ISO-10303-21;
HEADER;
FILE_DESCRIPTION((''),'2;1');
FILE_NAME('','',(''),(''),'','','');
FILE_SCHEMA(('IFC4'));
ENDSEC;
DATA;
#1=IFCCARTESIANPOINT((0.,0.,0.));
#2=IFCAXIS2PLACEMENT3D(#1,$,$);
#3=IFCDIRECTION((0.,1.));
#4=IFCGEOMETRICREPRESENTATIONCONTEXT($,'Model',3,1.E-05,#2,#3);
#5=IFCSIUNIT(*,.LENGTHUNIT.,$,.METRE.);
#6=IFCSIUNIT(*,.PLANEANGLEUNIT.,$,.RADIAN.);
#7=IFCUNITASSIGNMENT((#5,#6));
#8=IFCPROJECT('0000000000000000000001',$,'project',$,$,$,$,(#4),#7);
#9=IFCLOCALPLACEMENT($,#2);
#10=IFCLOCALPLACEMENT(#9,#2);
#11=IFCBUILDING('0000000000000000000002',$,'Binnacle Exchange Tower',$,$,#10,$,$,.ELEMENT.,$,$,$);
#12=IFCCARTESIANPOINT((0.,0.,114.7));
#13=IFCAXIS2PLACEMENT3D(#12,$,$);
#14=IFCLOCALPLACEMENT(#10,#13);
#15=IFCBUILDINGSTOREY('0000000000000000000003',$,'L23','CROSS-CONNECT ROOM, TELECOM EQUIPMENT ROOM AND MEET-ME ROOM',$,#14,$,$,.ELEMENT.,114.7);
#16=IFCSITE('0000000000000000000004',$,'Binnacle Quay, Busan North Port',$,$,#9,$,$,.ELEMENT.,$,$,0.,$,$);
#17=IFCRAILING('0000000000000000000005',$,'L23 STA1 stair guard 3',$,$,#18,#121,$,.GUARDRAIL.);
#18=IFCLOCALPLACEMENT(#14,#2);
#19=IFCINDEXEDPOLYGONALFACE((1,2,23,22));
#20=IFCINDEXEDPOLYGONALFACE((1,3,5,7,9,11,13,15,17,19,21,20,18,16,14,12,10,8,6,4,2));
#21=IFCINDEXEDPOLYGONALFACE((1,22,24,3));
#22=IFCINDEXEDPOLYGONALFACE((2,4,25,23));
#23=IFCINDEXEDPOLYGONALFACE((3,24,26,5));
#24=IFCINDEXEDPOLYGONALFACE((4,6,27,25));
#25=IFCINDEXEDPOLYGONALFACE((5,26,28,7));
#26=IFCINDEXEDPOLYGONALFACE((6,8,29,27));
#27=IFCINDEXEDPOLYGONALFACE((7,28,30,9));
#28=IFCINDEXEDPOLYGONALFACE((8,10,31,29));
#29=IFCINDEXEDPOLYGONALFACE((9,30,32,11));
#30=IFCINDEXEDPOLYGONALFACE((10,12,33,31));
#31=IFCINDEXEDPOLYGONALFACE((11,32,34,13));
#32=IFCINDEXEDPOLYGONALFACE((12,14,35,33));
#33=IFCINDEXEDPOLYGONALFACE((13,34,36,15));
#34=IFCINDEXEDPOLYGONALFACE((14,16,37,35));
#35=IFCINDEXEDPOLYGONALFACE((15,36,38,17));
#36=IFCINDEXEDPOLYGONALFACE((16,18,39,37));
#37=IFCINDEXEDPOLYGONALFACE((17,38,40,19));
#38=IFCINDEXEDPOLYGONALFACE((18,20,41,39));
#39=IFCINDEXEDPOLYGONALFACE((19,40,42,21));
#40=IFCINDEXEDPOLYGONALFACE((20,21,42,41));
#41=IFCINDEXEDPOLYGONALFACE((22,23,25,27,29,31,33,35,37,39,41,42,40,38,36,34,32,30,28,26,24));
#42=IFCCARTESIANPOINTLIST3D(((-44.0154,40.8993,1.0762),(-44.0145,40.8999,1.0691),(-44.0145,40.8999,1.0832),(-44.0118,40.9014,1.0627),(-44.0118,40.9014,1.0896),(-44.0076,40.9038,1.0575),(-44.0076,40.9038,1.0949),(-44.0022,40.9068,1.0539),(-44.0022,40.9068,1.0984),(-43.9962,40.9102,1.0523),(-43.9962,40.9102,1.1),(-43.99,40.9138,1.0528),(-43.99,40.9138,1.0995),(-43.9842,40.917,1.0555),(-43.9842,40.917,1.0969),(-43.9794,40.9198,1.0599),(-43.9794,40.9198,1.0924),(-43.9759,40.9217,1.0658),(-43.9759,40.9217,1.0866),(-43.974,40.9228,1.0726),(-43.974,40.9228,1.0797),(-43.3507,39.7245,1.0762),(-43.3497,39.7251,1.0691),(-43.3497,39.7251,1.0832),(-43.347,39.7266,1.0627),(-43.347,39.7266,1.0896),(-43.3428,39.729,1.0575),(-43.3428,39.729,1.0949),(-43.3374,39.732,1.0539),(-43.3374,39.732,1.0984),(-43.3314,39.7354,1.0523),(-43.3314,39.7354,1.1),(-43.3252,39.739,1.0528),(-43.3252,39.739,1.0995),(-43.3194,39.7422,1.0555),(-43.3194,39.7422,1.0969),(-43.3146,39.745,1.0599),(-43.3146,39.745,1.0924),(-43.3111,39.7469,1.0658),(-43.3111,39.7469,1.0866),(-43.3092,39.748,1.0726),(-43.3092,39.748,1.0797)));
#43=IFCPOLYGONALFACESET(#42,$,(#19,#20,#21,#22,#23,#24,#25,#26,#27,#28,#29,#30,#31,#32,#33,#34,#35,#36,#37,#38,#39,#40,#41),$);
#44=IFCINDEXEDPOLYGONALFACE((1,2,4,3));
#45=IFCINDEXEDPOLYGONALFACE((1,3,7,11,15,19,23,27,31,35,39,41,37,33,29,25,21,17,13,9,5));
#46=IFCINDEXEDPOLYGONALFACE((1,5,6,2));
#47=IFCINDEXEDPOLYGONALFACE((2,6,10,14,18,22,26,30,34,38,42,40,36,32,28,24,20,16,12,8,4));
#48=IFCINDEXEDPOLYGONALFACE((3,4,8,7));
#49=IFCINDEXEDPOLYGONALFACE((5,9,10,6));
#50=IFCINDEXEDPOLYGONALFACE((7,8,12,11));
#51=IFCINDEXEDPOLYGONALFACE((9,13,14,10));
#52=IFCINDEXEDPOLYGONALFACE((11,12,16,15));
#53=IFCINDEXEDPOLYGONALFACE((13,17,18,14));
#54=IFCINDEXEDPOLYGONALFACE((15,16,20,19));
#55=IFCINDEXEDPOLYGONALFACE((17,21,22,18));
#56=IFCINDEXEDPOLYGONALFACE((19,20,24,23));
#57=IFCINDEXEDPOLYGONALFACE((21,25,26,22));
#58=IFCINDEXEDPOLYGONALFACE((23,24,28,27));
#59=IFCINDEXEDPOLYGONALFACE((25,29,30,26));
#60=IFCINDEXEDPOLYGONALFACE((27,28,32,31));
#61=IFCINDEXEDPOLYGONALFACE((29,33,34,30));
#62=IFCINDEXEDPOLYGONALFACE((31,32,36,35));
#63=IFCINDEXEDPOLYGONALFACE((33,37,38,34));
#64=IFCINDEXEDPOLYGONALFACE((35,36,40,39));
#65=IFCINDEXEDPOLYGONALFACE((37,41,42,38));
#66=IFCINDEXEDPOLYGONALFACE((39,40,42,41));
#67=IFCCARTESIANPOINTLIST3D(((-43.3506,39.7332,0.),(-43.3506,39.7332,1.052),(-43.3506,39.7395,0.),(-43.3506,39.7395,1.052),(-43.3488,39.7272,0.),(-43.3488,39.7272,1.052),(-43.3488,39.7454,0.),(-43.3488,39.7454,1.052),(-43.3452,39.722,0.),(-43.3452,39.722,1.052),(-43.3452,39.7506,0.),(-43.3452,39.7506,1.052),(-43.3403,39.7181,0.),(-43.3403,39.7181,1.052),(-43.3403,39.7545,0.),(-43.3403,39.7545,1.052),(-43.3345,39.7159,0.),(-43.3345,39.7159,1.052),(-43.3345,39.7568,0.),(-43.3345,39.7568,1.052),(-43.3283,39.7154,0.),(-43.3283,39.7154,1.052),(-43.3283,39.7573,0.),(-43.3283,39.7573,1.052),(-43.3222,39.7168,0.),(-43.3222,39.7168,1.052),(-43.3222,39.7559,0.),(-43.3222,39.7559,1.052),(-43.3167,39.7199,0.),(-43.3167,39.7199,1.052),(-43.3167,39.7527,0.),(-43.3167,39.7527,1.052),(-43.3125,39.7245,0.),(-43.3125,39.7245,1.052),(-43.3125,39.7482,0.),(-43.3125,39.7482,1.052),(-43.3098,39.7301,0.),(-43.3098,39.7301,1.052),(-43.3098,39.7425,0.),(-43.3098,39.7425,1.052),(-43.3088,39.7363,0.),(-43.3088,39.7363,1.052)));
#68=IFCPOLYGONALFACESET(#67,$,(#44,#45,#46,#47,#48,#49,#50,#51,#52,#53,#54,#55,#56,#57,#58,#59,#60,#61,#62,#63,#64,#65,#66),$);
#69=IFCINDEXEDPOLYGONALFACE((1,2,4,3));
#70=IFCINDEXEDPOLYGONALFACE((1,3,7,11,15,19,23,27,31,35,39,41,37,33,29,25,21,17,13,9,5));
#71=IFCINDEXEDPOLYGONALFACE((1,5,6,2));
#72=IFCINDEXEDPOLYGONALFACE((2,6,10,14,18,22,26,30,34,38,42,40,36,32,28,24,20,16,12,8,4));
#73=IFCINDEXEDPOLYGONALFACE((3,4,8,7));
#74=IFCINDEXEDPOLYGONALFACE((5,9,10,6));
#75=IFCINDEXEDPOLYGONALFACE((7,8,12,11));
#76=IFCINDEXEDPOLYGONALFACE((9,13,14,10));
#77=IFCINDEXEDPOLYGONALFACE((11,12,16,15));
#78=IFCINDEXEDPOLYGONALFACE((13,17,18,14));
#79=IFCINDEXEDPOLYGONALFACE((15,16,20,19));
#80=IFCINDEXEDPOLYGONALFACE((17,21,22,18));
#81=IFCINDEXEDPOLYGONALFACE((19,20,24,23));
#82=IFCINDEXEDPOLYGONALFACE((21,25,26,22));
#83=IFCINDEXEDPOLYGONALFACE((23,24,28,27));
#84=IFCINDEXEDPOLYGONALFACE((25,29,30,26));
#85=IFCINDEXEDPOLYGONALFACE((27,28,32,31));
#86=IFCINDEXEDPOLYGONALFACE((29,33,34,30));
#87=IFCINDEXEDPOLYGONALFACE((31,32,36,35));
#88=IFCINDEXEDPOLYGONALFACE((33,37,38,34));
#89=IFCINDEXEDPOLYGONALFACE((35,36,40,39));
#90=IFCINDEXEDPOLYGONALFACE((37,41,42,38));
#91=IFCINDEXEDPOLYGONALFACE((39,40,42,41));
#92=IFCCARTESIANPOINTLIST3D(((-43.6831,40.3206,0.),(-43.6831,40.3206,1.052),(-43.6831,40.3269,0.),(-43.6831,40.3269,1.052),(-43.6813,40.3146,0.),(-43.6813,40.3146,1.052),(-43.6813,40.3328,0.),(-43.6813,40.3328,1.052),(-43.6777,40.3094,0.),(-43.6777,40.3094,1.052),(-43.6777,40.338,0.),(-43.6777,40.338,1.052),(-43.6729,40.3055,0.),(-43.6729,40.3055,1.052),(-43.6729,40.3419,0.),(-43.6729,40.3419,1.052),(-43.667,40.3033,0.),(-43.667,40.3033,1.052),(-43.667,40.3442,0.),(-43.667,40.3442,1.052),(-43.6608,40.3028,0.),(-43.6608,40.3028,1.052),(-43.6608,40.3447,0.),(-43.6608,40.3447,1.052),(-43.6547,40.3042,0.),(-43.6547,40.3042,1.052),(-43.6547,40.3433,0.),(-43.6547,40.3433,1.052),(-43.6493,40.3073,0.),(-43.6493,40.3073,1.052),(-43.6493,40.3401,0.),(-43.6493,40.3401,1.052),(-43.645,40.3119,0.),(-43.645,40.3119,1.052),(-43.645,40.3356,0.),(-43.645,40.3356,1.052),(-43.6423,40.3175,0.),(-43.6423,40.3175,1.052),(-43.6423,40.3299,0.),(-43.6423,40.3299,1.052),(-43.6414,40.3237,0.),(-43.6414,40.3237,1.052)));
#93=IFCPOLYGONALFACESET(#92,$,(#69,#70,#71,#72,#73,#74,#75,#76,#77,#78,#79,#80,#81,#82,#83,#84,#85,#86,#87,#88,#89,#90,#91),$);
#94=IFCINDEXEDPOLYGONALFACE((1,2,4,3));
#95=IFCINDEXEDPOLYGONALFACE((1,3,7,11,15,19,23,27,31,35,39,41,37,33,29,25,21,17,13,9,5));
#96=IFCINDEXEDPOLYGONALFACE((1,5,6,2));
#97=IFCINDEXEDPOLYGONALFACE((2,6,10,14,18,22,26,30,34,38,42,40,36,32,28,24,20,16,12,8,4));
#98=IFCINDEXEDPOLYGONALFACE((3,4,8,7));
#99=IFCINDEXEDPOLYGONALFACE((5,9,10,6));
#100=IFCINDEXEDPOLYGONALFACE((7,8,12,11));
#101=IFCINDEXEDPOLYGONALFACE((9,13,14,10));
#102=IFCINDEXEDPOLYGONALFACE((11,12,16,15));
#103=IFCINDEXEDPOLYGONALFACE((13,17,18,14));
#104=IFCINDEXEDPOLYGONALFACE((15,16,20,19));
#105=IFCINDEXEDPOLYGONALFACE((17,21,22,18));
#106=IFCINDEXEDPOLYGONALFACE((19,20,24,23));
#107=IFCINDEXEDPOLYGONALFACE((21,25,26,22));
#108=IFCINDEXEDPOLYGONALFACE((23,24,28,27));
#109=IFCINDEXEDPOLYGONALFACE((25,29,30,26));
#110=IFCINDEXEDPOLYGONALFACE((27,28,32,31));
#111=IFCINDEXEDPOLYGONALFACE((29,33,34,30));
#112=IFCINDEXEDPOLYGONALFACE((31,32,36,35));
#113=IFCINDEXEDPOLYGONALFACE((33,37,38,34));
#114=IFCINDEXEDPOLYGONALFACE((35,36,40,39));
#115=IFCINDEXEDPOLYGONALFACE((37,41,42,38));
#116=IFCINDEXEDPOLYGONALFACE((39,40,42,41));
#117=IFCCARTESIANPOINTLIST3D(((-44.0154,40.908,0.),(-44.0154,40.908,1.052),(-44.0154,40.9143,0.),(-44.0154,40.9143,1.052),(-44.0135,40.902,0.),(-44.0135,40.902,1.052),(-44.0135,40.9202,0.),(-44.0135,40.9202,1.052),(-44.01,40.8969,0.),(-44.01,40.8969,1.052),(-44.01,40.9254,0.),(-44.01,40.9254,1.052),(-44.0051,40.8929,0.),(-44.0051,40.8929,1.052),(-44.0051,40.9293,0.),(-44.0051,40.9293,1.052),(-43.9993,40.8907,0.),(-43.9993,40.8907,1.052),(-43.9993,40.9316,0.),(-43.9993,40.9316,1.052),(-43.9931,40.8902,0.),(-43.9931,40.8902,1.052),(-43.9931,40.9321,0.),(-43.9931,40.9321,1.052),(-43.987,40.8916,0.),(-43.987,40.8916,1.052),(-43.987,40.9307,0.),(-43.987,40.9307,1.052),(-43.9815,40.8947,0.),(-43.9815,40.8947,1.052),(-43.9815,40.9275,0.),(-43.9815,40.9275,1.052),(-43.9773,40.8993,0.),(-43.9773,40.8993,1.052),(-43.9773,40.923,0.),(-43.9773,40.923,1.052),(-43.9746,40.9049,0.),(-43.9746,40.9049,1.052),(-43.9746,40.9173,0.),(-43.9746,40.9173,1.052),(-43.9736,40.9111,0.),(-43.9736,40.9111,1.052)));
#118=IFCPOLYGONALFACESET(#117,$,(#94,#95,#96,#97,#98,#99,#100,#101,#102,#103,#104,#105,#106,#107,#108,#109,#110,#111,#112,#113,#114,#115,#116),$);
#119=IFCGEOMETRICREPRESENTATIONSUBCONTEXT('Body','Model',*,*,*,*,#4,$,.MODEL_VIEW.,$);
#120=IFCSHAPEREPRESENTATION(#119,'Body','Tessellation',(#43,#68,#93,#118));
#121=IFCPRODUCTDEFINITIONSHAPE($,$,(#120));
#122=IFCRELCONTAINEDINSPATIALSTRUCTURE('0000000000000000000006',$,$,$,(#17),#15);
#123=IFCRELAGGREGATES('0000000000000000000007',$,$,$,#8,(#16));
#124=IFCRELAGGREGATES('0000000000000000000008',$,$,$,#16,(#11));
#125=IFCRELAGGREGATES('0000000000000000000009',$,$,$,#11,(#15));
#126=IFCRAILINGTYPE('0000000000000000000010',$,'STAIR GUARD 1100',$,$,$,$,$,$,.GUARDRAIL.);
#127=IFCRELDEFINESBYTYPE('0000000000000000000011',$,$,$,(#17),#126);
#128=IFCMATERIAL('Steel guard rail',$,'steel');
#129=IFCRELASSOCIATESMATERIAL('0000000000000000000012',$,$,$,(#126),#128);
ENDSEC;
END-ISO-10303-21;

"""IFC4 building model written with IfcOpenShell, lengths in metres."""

from ifc_helpers import new_model, si_unit, direction, frame, origin, origin_2d, place, context, subcontext, project, spatial, circle, extrude, material, type_object, element, save


model = new_model("IFC4")

# Units and contexts
model_context = context("Model", 3, precision=1e-05, world=origin(), true_north=direction((0.0, 1.0)))
body_context = subcontext(model_context, "Body", "Model", "MODEL_VIEW")
ifc_project = project(units=[si_unit("LENGTHUNIT", "METRE"), si_unit("PLANEANGLEUNIT", "RADIAN")], contexts=[model_context])

# Site, building, storey
site_placement = place(None, origin())
site = spatial("IfcSite", under=ifc_project, at=site_placement, Name="Binnacle Quay, Busan North Port", CompositionType="ELEMENT", RefElevation=0.0)
building_placement = place(site_placement, origin())
building = spatial("IfcBuilding", under=site, at=building_placement, Name="Binnacle Exchange Tower", CompositionType="ELEMENT")
storey_placement = place(building_placement, frame((0.0, 0.0, 114.7)))
storey = spatial("IfcBuildingStorey", under=building, at=storey_placement, Name="L23", Description="CROSS-CONNECT ROOM, TELECOM EQUIPMENT ROOM AND MEET-ME ROOM", CompositionType="ELEMENT", Elevation=114.7)

# Railing
ifc_material_1 = material(Name="Steel guard rail", Category="steel")
railing_type = type_object("IfcRailingType", Name="STAIR GUARD 1100", PredefinedType="GUARDRAIL", material=ifc_material_1)
railing_1_placement = place(storey_placement, frame((-43.3298, 39.7363, 0.0)))
element("IfcRailing", 1, at=railing_1_placement, inside=storey, type_object=railing_type, Name="L23 STA1 stair guard 3", PredefinedType="GUARDRAIL", context=body_context, shape_type="SweptSolid", body=[
    extrude(circle(Radius=0.0239, at=origin_2d()), frame((0.0, 0.0, 1.0762), z_axis=(-0.492492, 0.870317, 0.0), x_axis=(-0.870317, -0.492492, 0.0)), (0.0, 0.0, 1.0), 1.3499),
    extrude(circle(Radius=0.021, at=origin_2d()), origin(), (0.0, 0.0, 1.0), 1.052),
    extrude(circle(Radius=0.021, at=origin_2d()), frame((-0.3325, 0.5874, 0.0)), (0.0, 0.0, 1.0), 1.052),
    extrude(circle(Radius=0.021, at=origin_2d()), frame((-0.6648, 1.1748, 0.0)), (0.0, 0.0, 1.0), 1.052),
])

save(model, "model.ifc")
